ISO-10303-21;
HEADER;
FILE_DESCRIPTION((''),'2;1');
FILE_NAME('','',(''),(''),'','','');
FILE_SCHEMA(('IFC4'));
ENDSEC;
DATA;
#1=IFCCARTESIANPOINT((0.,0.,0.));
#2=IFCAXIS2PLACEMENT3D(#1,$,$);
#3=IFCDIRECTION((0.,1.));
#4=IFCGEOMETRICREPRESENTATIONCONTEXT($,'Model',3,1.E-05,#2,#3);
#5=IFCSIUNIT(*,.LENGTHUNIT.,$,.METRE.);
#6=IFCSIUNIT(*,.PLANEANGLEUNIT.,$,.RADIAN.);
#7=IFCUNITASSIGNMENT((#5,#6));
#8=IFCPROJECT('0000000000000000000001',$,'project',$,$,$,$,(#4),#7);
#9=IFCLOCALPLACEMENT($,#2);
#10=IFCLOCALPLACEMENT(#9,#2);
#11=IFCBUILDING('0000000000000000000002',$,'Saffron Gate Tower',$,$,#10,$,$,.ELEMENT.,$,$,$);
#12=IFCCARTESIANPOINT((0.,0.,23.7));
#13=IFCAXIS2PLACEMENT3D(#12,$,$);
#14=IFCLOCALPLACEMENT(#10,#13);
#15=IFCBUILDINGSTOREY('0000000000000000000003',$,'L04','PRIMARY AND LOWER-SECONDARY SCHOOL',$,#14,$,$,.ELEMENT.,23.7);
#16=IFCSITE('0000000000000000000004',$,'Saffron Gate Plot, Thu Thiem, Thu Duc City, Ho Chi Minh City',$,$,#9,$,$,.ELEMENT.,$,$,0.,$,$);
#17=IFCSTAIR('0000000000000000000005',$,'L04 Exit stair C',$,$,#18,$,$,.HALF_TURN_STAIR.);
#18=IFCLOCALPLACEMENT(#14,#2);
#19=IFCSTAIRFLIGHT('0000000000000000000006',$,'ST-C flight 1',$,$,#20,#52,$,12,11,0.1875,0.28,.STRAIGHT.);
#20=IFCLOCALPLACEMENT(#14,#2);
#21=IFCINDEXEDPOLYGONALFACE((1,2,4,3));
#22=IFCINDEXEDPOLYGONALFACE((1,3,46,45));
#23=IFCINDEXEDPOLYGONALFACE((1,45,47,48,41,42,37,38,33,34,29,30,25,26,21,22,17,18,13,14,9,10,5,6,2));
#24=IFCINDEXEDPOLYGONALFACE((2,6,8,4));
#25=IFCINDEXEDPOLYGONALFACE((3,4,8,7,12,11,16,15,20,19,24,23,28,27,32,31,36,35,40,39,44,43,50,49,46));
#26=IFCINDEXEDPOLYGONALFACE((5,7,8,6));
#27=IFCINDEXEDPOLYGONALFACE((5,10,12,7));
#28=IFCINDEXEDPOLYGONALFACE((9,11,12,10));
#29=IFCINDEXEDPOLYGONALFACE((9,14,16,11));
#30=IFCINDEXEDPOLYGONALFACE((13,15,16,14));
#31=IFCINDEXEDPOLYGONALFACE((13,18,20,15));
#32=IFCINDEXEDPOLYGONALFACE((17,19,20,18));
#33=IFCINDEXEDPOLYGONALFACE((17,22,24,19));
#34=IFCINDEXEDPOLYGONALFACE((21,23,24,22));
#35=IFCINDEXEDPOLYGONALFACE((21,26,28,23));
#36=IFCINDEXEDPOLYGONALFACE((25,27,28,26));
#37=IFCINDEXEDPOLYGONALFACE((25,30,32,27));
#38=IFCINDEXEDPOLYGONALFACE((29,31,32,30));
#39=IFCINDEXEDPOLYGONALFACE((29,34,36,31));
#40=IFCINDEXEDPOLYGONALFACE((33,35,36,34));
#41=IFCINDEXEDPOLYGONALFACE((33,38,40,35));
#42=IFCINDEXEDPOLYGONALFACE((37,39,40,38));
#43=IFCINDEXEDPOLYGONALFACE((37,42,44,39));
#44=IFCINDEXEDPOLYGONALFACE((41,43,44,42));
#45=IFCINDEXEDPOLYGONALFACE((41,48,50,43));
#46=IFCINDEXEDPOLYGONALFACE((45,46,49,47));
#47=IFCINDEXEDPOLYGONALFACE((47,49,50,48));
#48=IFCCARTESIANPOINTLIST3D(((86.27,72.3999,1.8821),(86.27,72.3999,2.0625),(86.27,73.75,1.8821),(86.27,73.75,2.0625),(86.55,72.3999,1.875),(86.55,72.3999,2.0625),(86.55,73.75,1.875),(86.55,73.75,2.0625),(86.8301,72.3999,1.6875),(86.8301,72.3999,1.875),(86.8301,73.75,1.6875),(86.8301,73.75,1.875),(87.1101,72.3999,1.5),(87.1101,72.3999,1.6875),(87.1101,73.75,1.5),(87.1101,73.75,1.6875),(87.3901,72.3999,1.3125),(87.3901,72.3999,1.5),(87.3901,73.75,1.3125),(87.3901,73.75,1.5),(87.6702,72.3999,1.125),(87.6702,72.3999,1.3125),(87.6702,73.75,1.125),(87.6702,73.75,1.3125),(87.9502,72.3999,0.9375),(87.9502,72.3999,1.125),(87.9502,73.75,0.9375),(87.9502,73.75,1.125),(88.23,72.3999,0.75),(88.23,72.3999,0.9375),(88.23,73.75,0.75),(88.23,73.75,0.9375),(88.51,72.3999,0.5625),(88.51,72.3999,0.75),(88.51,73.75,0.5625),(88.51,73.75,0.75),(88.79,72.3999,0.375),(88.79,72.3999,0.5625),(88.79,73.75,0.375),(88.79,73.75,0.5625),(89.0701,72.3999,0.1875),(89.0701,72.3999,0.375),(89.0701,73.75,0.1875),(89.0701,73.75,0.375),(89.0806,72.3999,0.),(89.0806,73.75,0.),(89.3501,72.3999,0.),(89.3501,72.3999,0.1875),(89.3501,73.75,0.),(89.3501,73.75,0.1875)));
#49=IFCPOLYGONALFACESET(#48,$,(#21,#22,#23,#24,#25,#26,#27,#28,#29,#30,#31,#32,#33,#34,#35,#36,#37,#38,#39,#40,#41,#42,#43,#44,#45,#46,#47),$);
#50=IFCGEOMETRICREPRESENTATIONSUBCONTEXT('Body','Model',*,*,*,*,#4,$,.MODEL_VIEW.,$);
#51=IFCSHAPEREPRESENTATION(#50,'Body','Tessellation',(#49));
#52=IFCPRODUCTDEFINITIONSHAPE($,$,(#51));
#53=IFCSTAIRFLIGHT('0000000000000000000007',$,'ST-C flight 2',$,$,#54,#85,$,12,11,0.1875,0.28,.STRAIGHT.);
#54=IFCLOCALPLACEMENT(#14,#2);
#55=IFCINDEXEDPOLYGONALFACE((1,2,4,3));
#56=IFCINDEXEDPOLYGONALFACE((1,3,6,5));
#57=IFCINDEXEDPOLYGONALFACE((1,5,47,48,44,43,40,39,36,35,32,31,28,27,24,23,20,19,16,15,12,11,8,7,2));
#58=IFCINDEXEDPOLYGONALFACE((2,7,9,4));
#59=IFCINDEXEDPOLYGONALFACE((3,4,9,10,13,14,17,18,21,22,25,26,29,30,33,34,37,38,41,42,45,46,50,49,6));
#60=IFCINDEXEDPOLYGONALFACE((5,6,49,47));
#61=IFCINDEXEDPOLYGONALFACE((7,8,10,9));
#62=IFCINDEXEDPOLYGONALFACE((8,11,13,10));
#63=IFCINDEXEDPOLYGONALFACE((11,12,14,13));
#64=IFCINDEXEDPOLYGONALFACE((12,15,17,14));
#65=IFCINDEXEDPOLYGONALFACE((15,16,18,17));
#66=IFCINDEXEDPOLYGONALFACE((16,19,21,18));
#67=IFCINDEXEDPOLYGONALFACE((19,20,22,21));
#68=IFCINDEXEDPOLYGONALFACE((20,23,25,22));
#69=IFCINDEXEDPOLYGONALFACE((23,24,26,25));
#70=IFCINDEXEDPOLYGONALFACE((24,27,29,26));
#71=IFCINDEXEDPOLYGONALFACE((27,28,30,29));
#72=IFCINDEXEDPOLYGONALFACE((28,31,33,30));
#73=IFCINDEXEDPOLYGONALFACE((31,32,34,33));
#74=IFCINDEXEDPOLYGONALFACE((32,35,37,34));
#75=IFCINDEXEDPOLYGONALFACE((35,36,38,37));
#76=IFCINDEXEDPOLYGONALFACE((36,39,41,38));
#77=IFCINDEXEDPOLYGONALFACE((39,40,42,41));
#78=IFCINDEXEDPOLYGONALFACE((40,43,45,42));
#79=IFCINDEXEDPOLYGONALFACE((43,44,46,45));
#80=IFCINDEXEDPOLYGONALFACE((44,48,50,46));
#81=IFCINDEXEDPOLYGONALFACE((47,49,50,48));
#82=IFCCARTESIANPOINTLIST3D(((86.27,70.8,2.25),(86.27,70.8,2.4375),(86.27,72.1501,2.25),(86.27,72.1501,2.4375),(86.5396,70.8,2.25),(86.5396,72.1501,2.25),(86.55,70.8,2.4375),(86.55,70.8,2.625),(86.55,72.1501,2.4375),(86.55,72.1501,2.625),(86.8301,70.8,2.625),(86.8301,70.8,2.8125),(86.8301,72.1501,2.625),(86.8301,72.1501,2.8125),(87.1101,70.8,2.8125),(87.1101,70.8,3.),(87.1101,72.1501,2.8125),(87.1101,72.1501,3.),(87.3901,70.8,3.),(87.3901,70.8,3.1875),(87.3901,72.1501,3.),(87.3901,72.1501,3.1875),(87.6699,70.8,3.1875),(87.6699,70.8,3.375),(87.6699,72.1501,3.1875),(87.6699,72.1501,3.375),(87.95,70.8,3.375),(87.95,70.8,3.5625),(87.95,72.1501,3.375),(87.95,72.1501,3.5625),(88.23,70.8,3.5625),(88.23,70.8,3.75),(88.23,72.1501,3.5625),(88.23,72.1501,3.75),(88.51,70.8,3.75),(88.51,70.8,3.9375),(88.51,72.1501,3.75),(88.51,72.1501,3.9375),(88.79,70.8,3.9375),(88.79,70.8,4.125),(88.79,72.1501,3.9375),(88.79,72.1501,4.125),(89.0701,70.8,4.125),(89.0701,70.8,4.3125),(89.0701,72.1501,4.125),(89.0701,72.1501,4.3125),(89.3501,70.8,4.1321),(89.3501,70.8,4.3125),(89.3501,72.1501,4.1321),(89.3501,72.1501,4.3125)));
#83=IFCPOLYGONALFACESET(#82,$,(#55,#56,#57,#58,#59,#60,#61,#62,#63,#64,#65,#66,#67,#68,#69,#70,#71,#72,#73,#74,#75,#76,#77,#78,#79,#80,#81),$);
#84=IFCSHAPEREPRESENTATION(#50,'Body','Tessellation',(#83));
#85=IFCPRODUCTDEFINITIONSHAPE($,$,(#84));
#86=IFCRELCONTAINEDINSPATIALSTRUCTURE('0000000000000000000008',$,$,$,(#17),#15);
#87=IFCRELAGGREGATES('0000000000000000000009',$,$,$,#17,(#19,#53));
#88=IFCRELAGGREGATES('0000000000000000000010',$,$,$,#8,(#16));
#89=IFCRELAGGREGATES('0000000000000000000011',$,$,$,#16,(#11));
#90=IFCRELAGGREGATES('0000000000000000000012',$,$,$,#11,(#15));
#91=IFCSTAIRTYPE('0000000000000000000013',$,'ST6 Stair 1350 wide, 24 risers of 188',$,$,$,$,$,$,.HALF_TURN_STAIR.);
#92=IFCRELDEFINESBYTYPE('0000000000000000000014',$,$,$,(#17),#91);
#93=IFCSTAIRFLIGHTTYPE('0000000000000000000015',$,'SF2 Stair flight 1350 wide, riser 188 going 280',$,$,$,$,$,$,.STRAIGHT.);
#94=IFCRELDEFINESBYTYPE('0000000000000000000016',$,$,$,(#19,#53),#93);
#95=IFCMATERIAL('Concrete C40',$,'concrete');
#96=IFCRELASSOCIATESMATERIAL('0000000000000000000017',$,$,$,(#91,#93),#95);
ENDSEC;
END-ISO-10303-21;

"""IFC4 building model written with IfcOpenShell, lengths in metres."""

from ifc_helpers import new_model, si_unit, direction, frame, origin, place, context, subcontext, project, spatial, polyline, outline, extrude, material, type_object, element, aggregate, save


model = new_model("IFC4")

# Units and contexts
model_context = context("Model", 3, precision=1e-05, world=origin(), true_north=direction((0.0, 1.0)))
body_context = subcontext(model_context, "Body", "Model", "MODEL_VIEW")
ifc_project = project(units=[si_unit("LENGTHUNIT", "METRE"), si_unit("PLANEANGLEUNIT", "RADIAN")], contexts=[model_context])

# Site, building, storey
site_placement = place(None, origin())
site = spatial("IfcSite", under=ifc_project, at=site_placement, Name="Saffron Gate Plot, Thu Thiem, Thu Duc City, Ho Chi Minh City", CompositionType="ELEMENT", RefElevation=0.0)
building_placement = place(site_placement, origin())
building = spatial("IfcBuilding", under=site, at=building_placement, Name="Saffron Gate Tower", CompositionType="ELEMENT")
storey_placement = place(building_placement, frame((0.0, 0.0, 23.7)))
storey = spatial("IfcBuildingStorey", under=building, at=storey_placement, Name="L04", Description="PRIMARY AND LOWER-SECONDARY SCHOOL", CompositionType="ELEMENT", Elevation=23.7)

# Stair, stair flights
ifc_material_1 = material(Name="Concrete C40", Category="concrete")
stair_type = type_object("IfcStairType", Name="ST6 Stair 1350 wide, 24 risers of 188", PredefinedType="HALF_TURN_STAIR", material=ifc_material_1)
stair_placement = place(storey_placement, origin())
stair = element("IfcStair", 1, at=stair_placement, inside=storey, type_object=stair_type, Name="L04 Exit stair C", PredefinedType="HALF_TURN_STAIR")
stair_flight_type = type_object("IfcStairFlightType", Name="SF2 Stair flight 1350 wide, riser 188 going 280", PredefinedType="STRAIGHT", material=ifc_material_1)
stair_flight_1_placement = place(storey_placement, frame((89.3501, 73.075, 0.0), z_axis=(0.0, 0.0, 1.0), x_axis=(-1.0, 0.0, 0.0)))
stair_flight_1 = element("IfcStairFlight", 2, at=stair_flight_1_placement, type_object=stair_flight_type, Name="ST-C flight 1", NumberOfRisers=12, NumberOfTreads=11, PredefinedType="STRAIGHT", RiserHeight=0.1875, TreadLength=0.28, context=body_context, shape_type="SweptSolid", body=[
    extrude(outline(polyline([(0.0, 0.0), (0.0, 0.1875), (0.28, 0.1875), (0.28, 0.375), (0.5601, 0.375), (0.5601, 0.5625), (0.8401, 0.5625), (0.8401, 0.75), (1.1201, 0.75), (1.1201, 0.9375), (1.3999, 0.9375), (1.3999, 1.125), (1.6799, 1.125), (1.6799, 1.3125), (1.96, 1.3125), (1.96, 1.5), (2.24, 1.5), (2.24, 1.6875), (2.52, 1.6875), (2.52, 1.875), (2.8, 1.875), (2.8, 2.0625), (3.0801, 2.0625), (3.0801, 2.25), (3.0801, 1.8821), (0.2695, 0.0), (0.0, 0.0)])), frame((0.0, 0.675, 0.0), z_axis=(0.0, -1.0, 0.0), x_axis=(1.0, 0.0, 0.0)), (0.0, 0.0, 1.0), 1.3501),
])
stair_flight_2_placement = place(storey_placement, frame((86.27, 71.4751, 2.25), z_axis=(0.0, 0.0, 1.0), x_axis=(1.0, 0.0, 0.0)))
stair_flight_2 = element("IfcStairFlight", 3, at=stair_flight_2_placement, type_object=stair_flight_type, Name="ST-C flight 2", NumberOfRisers=12, NumberOfTreads=11, PredefinedType="STRAIGHT", RiserHeight=0.1875, TreadLength=0.28, context=body_context, shape_type="SweptSolid", body=[
    extrude(outline(polyline([(0.0, 0.0), (0.0, 0.1875), (0.28, 0.1875), (0.28, 0.375), (0.5601, 0.375), (0.5601, 0.5625), (0.8401, 0.5625), (0.8401, 0.75), (1.1201, 0.75), (1.1201, 0.9375), (1.3999, 0.9375), (1.3999, 1.125), (1.6799, 1.125), (1.6799, 1.3125), (1.96, 1.3125), (1.96, 1.5), (2.24, 1.5), (2.24, 1.6875), (2.52, 1.6875), (2.52, 1.875), (2.8, 1.875), (2.8, 2.0625), (3.0801, 2.0625), (3.0801, 2.25), (3.0801, 1.8821), (0.2695, 0.0), (0.0, 0.0)])), frame((0.0, 0.675, 0.0), z_axis=(0.0, -1.0, 0.0), x_axis=(1.0, 0.0, 0.0)), (0.0, 0.0, 1.0), 1.3501),
])
aggregate(stair, [stair_flight_1, stair_flight_2])

save(model, "model.ifc")
